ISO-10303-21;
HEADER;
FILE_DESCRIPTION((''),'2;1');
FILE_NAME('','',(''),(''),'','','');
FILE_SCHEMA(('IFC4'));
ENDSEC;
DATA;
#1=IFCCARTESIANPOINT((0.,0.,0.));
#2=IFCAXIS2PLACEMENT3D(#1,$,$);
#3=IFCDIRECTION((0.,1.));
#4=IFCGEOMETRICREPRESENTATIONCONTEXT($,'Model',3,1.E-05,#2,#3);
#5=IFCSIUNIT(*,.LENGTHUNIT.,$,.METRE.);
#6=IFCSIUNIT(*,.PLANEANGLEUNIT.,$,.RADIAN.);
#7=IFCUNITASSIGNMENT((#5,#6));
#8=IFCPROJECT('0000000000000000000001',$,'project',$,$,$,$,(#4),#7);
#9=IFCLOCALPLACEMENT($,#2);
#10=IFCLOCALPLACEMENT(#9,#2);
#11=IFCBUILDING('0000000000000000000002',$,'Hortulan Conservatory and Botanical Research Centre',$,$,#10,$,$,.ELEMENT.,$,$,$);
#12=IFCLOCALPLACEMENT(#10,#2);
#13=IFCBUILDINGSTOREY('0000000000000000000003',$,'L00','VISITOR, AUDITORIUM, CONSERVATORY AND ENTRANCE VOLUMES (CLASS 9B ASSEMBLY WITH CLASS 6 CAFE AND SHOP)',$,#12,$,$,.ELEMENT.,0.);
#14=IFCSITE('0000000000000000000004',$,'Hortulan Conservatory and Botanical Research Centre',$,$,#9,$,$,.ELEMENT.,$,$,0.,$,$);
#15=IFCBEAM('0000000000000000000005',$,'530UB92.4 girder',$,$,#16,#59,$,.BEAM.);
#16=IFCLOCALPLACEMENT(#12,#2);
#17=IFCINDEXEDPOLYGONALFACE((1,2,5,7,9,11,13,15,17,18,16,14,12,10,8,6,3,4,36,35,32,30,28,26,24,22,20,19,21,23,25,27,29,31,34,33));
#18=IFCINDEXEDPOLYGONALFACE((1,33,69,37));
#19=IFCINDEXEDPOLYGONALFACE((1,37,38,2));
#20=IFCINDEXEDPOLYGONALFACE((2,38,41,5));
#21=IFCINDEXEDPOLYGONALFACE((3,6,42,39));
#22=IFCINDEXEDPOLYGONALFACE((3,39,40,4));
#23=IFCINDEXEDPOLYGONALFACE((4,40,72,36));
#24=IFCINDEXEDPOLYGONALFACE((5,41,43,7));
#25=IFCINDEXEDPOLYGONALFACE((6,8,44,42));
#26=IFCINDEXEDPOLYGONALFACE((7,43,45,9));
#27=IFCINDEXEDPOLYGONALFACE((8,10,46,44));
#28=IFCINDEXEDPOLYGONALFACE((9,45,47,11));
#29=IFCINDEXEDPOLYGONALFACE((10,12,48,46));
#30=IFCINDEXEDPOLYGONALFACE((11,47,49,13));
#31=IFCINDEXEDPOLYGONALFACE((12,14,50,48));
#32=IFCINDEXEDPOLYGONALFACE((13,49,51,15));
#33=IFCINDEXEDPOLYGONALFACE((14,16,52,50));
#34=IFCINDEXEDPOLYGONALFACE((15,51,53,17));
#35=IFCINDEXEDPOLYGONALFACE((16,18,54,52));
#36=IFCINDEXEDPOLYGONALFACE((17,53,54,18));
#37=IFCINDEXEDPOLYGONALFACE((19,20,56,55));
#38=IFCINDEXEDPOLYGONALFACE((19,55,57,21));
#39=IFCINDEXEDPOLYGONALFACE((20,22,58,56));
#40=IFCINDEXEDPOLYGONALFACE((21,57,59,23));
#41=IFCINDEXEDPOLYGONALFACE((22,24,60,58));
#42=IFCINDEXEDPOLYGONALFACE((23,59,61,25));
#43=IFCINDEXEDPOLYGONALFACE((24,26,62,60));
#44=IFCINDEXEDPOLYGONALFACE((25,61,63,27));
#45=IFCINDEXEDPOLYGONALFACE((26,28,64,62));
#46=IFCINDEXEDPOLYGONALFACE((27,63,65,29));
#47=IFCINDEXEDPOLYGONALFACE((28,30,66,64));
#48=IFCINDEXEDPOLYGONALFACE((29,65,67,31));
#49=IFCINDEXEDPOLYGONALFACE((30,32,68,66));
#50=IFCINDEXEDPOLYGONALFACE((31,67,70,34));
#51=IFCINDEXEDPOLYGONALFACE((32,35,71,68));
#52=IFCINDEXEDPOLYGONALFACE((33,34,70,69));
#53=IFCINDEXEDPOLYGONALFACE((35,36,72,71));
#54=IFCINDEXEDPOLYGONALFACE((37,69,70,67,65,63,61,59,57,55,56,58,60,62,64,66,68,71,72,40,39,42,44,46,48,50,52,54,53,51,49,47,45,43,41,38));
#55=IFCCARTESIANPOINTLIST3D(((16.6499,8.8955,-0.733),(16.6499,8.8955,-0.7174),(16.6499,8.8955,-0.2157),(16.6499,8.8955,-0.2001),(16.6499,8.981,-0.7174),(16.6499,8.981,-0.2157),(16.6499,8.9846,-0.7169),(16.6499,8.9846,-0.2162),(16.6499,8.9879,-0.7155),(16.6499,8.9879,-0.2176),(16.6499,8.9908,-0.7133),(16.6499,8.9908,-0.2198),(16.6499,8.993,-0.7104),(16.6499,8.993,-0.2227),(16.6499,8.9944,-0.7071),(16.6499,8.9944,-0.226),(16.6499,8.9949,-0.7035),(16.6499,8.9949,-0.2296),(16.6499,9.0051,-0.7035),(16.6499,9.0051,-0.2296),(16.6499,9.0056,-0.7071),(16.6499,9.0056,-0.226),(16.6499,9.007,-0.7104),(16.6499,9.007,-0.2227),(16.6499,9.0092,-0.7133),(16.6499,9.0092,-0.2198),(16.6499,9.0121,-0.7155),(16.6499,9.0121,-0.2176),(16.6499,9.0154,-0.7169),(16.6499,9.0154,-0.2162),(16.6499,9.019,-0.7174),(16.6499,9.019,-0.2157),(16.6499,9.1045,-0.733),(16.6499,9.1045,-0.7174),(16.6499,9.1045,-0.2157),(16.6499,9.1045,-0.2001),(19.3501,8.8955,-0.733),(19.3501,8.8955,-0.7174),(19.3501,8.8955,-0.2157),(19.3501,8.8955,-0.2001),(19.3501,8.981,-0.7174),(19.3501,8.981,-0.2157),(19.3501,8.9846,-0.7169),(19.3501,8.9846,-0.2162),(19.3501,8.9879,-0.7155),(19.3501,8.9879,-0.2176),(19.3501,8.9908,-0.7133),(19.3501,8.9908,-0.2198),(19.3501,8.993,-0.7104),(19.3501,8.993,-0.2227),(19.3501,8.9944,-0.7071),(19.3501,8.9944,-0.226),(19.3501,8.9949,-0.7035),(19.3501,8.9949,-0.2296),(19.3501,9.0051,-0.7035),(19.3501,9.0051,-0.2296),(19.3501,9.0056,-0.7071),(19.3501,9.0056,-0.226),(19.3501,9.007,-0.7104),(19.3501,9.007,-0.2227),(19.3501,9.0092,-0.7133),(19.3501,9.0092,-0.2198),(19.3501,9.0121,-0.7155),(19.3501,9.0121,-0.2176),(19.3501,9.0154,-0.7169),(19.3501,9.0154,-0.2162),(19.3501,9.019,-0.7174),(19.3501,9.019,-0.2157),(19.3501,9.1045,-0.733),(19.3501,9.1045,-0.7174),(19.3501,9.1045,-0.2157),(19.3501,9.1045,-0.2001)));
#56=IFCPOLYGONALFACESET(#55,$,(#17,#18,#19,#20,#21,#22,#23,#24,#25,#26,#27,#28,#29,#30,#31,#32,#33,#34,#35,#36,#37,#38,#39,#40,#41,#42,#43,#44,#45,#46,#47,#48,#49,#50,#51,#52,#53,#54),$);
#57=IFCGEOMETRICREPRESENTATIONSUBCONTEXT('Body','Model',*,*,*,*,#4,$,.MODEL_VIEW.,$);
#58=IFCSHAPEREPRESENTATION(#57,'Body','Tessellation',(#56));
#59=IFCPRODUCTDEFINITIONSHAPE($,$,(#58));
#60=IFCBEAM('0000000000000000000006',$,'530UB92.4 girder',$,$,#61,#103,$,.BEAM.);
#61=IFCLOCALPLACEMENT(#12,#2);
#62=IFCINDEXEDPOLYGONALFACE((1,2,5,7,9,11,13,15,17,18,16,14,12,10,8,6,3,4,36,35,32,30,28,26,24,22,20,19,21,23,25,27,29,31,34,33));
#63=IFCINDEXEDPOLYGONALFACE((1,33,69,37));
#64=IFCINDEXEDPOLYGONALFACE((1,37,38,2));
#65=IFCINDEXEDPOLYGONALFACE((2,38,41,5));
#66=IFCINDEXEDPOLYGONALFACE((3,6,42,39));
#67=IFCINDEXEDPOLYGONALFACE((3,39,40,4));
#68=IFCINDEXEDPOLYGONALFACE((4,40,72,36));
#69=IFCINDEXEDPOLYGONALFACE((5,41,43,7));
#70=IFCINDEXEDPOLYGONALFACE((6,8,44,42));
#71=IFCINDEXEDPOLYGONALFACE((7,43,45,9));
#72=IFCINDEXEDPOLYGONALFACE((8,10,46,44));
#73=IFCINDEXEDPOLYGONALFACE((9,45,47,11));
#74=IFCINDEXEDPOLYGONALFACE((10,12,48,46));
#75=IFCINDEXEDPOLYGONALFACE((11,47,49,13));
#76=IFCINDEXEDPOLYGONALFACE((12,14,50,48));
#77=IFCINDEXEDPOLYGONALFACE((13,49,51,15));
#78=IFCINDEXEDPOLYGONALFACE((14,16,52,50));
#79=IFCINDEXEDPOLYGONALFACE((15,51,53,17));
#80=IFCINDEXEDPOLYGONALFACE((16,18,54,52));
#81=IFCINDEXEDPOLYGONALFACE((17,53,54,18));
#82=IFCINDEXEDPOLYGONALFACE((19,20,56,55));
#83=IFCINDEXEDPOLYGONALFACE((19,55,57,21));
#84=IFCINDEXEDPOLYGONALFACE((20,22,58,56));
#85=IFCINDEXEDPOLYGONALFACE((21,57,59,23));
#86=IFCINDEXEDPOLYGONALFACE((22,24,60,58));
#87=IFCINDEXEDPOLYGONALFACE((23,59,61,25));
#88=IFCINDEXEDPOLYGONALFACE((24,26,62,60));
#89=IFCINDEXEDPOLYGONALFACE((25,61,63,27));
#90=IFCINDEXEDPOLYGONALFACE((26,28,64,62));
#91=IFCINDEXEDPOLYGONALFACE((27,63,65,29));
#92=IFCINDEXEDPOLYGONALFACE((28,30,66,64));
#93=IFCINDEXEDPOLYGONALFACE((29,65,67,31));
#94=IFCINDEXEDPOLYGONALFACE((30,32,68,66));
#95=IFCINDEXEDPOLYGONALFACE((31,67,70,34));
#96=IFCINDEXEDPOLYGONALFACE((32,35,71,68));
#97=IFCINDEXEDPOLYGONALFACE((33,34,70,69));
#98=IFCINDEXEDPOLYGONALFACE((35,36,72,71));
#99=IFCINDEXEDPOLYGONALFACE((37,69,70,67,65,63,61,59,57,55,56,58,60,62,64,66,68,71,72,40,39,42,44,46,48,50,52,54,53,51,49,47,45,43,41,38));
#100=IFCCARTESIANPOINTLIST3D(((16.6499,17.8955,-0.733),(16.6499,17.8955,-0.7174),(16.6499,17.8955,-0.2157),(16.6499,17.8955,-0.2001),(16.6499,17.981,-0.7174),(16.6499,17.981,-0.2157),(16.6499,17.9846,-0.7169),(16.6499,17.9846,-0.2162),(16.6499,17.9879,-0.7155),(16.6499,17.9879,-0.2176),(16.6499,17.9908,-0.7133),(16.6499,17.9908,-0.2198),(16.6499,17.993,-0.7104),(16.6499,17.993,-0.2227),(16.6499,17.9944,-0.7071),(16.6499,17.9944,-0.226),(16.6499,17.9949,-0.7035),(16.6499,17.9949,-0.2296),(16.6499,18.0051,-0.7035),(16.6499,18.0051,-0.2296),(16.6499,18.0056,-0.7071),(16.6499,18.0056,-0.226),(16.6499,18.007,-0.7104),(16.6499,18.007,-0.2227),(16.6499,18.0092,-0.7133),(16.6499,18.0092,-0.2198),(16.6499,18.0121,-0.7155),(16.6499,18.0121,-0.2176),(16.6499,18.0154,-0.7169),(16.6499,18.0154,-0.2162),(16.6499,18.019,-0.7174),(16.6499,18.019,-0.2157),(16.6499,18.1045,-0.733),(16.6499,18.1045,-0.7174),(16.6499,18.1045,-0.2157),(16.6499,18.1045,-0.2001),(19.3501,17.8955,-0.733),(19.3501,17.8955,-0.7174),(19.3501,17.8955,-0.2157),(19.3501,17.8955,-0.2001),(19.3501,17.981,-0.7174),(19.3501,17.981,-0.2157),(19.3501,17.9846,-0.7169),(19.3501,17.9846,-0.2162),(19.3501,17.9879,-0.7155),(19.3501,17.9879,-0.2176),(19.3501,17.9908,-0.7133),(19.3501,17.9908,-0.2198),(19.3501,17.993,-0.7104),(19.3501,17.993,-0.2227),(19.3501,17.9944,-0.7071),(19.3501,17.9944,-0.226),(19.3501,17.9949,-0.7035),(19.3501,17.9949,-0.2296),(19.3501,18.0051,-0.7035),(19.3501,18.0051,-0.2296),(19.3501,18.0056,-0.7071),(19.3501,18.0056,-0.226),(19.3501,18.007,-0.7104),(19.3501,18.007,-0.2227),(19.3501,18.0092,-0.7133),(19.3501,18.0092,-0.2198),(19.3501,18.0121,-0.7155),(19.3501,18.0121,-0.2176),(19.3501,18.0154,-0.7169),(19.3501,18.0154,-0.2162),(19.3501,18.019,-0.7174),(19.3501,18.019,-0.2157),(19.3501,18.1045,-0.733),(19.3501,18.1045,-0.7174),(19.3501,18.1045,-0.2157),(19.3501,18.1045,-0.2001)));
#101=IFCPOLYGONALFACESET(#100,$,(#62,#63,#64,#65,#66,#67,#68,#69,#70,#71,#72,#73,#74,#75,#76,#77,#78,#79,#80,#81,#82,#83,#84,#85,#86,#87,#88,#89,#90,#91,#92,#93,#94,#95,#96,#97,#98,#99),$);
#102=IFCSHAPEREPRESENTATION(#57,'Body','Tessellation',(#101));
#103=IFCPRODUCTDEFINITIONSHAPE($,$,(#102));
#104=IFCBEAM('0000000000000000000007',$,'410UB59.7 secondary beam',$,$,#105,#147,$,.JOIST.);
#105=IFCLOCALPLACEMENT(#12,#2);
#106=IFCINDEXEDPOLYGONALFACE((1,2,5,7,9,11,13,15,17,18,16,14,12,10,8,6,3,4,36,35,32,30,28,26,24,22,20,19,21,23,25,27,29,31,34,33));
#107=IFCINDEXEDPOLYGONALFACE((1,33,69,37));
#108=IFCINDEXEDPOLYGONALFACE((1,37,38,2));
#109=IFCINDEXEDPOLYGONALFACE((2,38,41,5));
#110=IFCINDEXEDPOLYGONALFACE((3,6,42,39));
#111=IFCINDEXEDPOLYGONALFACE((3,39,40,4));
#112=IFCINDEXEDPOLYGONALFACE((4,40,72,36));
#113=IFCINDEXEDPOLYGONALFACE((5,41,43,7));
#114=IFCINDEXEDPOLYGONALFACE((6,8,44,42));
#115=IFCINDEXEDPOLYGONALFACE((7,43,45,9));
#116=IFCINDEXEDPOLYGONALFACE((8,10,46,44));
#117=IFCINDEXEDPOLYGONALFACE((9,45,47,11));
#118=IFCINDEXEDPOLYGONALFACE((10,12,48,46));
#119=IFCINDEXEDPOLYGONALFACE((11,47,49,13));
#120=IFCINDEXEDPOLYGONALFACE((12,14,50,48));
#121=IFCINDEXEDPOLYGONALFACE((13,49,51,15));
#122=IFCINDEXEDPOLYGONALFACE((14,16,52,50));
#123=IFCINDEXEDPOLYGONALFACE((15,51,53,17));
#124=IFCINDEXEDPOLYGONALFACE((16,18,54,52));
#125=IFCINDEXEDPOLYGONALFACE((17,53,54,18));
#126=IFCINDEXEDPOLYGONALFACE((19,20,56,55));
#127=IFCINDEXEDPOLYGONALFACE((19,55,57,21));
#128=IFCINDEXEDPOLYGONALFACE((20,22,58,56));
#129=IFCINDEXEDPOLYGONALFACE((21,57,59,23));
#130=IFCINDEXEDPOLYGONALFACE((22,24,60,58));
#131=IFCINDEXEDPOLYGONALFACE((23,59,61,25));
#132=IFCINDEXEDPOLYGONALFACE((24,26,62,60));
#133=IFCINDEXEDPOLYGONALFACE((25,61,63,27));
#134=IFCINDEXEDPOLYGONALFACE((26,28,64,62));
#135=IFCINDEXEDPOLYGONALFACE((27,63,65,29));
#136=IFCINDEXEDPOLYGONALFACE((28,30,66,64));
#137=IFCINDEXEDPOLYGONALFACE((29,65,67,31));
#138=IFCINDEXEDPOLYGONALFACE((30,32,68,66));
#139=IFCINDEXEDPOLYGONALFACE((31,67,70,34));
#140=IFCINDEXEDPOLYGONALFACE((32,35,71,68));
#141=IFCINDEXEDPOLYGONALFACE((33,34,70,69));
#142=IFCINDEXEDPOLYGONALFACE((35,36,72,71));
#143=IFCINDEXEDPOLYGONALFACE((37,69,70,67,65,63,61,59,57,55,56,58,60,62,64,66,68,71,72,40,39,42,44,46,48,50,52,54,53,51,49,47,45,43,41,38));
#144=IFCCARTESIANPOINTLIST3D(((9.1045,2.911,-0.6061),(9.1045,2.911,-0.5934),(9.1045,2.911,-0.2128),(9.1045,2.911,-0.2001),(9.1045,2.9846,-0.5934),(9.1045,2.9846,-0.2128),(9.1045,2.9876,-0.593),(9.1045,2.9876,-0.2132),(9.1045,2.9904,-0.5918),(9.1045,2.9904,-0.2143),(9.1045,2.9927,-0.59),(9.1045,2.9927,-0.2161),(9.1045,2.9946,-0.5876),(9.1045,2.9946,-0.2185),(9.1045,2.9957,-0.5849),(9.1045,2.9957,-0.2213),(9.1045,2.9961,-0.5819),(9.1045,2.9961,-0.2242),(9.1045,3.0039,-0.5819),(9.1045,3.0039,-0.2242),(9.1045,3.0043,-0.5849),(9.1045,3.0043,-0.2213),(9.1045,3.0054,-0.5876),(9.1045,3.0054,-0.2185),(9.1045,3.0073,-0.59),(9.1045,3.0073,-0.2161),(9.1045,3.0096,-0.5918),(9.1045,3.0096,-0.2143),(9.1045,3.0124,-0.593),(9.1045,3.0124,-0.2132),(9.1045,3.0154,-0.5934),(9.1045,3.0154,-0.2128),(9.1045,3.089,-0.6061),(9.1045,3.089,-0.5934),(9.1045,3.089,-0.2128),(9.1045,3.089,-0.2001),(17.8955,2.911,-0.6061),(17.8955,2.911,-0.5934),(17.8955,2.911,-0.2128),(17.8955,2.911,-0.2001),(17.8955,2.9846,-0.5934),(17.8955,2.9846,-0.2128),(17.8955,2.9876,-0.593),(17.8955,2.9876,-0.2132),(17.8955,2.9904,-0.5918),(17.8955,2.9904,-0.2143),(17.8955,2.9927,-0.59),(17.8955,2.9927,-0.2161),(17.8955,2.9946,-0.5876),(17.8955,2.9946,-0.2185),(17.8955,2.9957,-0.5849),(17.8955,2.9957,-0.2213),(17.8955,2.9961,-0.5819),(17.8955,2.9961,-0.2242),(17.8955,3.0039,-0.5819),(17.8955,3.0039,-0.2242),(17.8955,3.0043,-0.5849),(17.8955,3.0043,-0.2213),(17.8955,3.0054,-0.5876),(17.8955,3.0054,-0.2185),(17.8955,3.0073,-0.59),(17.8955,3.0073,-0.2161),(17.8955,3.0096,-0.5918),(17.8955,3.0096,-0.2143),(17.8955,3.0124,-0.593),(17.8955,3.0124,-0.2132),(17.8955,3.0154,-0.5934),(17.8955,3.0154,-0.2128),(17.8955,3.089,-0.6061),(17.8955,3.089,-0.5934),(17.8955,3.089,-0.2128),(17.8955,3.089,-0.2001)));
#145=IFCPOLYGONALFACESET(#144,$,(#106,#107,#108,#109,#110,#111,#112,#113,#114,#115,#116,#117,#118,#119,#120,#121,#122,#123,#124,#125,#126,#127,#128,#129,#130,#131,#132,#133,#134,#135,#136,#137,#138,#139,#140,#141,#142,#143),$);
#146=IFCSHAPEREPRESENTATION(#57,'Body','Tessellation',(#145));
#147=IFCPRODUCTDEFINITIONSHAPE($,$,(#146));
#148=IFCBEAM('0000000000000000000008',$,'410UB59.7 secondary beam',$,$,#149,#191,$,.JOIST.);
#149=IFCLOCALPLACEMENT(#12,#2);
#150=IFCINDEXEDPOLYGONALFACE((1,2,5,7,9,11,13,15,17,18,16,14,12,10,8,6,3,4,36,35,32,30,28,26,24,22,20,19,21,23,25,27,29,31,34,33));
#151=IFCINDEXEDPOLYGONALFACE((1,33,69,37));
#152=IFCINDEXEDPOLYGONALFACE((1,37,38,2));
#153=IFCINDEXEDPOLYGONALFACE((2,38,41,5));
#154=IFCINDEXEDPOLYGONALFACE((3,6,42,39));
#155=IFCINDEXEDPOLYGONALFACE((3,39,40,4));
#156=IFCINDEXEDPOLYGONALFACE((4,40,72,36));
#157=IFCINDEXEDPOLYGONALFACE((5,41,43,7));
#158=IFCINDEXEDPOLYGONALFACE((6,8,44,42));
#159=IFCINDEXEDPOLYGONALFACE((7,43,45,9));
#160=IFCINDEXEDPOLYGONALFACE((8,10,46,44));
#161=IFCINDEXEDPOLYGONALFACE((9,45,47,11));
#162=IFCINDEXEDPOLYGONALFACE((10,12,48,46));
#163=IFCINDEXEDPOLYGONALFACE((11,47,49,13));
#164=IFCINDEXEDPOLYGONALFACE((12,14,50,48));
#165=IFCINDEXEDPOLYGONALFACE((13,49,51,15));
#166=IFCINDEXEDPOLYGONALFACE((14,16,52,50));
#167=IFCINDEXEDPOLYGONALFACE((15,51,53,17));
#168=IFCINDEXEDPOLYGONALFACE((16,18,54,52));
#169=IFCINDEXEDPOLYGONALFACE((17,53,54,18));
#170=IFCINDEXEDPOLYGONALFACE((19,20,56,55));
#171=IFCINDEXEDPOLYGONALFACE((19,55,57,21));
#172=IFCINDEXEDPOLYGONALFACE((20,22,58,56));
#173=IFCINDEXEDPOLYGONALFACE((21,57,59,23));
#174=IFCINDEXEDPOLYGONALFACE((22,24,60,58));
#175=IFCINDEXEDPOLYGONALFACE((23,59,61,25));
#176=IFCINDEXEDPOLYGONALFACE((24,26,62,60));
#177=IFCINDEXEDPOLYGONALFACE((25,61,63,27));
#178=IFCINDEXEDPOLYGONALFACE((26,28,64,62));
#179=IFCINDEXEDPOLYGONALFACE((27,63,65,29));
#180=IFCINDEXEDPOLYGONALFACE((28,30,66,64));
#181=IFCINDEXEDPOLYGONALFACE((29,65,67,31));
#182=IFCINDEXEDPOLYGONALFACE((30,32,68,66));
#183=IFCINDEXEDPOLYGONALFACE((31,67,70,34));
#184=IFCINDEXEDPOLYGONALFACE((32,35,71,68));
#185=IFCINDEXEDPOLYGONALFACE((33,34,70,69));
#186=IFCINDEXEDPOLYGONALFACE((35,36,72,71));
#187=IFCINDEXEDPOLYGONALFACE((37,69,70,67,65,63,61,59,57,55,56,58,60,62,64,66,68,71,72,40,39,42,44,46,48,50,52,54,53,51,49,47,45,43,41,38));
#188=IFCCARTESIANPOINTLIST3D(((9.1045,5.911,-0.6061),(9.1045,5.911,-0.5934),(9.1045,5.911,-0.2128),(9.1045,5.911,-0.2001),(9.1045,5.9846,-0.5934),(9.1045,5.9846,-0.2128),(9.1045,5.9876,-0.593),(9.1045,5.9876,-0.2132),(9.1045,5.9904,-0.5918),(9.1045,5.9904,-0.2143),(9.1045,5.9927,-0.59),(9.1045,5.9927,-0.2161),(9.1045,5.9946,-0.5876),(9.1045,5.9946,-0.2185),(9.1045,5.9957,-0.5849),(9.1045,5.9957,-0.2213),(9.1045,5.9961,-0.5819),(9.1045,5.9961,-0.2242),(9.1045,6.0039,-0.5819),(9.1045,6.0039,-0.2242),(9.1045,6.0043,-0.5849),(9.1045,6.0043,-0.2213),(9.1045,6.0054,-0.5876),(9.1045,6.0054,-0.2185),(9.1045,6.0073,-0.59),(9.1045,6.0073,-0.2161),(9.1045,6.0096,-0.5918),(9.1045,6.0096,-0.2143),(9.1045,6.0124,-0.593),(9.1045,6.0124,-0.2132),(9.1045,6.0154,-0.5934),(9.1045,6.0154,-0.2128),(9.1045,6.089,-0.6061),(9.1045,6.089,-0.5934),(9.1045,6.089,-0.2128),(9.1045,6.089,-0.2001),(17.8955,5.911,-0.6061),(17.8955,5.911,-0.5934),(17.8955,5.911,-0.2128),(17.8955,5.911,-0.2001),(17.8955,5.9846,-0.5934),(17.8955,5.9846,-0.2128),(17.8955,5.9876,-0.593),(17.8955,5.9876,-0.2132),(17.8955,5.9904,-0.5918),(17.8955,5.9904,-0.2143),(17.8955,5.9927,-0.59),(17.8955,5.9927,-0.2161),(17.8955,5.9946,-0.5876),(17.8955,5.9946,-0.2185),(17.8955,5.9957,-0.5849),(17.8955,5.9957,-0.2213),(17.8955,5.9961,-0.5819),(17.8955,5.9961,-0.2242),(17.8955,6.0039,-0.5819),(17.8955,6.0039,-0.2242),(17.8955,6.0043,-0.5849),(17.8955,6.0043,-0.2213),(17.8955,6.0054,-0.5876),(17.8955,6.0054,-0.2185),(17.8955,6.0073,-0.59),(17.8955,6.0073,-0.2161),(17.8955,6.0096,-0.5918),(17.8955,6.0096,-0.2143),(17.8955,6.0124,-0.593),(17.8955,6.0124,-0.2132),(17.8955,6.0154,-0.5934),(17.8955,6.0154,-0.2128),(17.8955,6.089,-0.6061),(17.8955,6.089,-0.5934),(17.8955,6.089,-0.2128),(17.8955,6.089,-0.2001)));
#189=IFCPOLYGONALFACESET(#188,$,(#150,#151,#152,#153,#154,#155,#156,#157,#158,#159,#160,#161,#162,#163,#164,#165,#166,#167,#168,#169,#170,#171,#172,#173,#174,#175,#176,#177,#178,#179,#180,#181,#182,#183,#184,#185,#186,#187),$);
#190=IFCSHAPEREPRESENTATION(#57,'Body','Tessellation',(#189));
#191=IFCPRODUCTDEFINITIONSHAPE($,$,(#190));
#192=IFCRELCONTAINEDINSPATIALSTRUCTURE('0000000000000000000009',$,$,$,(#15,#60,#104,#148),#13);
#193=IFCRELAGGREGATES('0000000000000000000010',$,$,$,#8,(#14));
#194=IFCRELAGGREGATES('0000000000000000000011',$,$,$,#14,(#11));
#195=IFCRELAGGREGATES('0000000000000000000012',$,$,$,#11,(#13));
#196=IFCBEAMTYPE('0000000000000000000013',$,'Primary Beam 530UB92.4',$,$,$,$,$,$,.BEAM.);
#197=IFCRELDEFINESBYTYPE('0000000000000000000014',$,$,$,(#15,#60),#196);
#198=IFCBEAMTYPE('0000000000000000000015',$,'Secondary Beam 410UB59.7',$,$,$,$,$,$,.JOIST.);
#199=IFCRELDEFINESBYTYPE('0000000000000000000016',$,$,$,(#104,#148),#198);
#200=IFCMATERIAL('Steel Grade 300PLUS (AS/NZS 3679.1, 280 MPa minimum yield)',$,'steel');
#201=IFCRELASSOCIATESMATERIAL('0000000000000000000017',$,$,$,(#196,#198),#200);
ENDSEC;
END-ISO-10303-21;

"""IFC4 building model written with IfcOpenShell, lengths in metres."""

from ifc_helpers import new_model, si_unit, direction, frame, origin, origin_2d, place, context, subcontext, project, spatial, i_section, extrude, material, material_profile, profile_set, type_object, element, save


model = new_model("IFC4")

# Units and contexts
model_context = context("Model", 3, precision=1e-05, world=origin(), true_north=direction((0.0, 1.0)))
body_context = subcontext(model_context, "Body", "Model", "MODEL_VIEW")
ifc_project = project(units=[si_unit("LENGTHUNIT", "METRE"), si_unit("PLANEANGLEUNIT", "RADIAN")], contexts=[model_context])

# Site, building, storey
site_placement = place(None, origin())
site = spatial("IfcSite", under=ifc_project, at=site_placement, Name="Hortulan Conservatory and Botanical Research Centre", CompositionType="ELEMENT", RefElevation=0.0)
building_placement = place(site_placement, origin())
building = spatial("IfcBuilding", under=site, at=building_placement, Name="Hortulan Conservatory and Botanical Research Centre", CompositionType="ELEMENT")
storey_placement = place(building_placement, origin())
storey = spatial("IfcBuildingStorey", under=building, at=storey_placement, Name="L00", Description="VISITOR, AUDITORIUM, CONSERVATORY AND ENTRANCE VOLUMES (CLASS 9B ASSEMBLY WITH CLASS 6 CAFE AND SHOP)", CompositionType="ELEMENT", Elevation=0.0)

# Beams
ifc_material_1 = material(Name="Steel Grade 300PLUS (AS/NZS 3679.1, 280 MPa minimum yield)", Category="steel")
ifc_material_profile_1 = material_profile(ifc_material_1, i_section(OverallWidth=0.209, OverallDepth=0.533, WebThickness=0.0103, FlangeThickness=0.0156, FilletRadius=0.0139, at=origin_2d()), Name="530UB92.4")
ifc_profile_set_1 = profile_set([ifc_material_profile_1], Name="Steel Grade 300PLUS (AS/NZS 3679.1, 280 MPa minimum yield)")
beam_type_1 = type_object("IfcBeamType", Name="Primary Beam 530UB92.4", PredefinedType="BEAM", material=ifc_profile_set_1)
for number, where, z_axis, x_axis, name in (
    (1, (16.6499, 9.0, -0.4666), (1.0, 0.0, 0.0), (0.0, 1.0, 0.0), "530UB92.4 girder"),
    (2, (16.6499, 18.0, -0.4666), (1.0, 0.0, 0.0), (0.0, 1.0, 0.0), "530UB92.4 girder"),
):
    element("IfcBeam", number, at=place(storey_placement, frame(where, z_axis=z_axis, x_axis=x_axis)), inside=storey, type_object=beam_type_1, Name=name, PredefinedType="BEAM", context=body_context, shape_type="SweptSolid", body=[
        extrude(i_section(OverallWidth=0.209, OverallDepth=0.533, WebThickness=0.0103, FlangeThickness=0.0156, FilletRadius=0.0139, at=origin_2d()), origin(), (0.0, 0.0, 1.0), 2.7002),
    ])
ifc_material_profile_2 = material_profile(ifc_material_1, i_section(OverallWidth=0.178, OverallDepth=0.406, WebThickness=0.0078, FlangeThickness=0.0127, FilletRadius=0.0115, at=origin_2d()), Name="410UB59.7")
ifc_profile_set_2 = profile_set([ifc_material_profile_2], Name="Steel Grade 300PLUS (AS/NZS 3679.1, 280 MPa minimum yield)")
beam_type_2 = type_object("IfcBeamType", Name="Secondary Beam 410UB59.7", PredefinedType="JOIST", material=ifc_profile_set_2)
for number, where, z_axis, x_axis, name in (
    (3, (9.1045, 3.0, -0.4031), (1.0, 0.0, 0.0), (0.0, 1.0, 0.0), "410UB59.7 secondary beam"),
    (4, (9.1045, 6.0, -0.4031), (1.0, 0.0, 0.0), (0.0, 1.0, 0.0), "410UB59.7 secondary beam"),
):
    element("IfcBeam", number, at=place(storey_placement, frame(where, z_axis=z_axis, x_axis=x_axis)), inside=storey, type_object=beam_type_2, Name=name, PredefinedType="JOIST", context=body_context, shape_type="SweptSolid", body=[
        extrude(i_section(OverallWidth=0.178, OverallDepth=0.406, WebThickness=0.0078, FlangeThickness=0.0127, FilletRadius=0.0115, at=origin_2d()), origin(), (0.0, 0.0, 1.0), 8.791),
    ])

save(model, "model.ifc")
